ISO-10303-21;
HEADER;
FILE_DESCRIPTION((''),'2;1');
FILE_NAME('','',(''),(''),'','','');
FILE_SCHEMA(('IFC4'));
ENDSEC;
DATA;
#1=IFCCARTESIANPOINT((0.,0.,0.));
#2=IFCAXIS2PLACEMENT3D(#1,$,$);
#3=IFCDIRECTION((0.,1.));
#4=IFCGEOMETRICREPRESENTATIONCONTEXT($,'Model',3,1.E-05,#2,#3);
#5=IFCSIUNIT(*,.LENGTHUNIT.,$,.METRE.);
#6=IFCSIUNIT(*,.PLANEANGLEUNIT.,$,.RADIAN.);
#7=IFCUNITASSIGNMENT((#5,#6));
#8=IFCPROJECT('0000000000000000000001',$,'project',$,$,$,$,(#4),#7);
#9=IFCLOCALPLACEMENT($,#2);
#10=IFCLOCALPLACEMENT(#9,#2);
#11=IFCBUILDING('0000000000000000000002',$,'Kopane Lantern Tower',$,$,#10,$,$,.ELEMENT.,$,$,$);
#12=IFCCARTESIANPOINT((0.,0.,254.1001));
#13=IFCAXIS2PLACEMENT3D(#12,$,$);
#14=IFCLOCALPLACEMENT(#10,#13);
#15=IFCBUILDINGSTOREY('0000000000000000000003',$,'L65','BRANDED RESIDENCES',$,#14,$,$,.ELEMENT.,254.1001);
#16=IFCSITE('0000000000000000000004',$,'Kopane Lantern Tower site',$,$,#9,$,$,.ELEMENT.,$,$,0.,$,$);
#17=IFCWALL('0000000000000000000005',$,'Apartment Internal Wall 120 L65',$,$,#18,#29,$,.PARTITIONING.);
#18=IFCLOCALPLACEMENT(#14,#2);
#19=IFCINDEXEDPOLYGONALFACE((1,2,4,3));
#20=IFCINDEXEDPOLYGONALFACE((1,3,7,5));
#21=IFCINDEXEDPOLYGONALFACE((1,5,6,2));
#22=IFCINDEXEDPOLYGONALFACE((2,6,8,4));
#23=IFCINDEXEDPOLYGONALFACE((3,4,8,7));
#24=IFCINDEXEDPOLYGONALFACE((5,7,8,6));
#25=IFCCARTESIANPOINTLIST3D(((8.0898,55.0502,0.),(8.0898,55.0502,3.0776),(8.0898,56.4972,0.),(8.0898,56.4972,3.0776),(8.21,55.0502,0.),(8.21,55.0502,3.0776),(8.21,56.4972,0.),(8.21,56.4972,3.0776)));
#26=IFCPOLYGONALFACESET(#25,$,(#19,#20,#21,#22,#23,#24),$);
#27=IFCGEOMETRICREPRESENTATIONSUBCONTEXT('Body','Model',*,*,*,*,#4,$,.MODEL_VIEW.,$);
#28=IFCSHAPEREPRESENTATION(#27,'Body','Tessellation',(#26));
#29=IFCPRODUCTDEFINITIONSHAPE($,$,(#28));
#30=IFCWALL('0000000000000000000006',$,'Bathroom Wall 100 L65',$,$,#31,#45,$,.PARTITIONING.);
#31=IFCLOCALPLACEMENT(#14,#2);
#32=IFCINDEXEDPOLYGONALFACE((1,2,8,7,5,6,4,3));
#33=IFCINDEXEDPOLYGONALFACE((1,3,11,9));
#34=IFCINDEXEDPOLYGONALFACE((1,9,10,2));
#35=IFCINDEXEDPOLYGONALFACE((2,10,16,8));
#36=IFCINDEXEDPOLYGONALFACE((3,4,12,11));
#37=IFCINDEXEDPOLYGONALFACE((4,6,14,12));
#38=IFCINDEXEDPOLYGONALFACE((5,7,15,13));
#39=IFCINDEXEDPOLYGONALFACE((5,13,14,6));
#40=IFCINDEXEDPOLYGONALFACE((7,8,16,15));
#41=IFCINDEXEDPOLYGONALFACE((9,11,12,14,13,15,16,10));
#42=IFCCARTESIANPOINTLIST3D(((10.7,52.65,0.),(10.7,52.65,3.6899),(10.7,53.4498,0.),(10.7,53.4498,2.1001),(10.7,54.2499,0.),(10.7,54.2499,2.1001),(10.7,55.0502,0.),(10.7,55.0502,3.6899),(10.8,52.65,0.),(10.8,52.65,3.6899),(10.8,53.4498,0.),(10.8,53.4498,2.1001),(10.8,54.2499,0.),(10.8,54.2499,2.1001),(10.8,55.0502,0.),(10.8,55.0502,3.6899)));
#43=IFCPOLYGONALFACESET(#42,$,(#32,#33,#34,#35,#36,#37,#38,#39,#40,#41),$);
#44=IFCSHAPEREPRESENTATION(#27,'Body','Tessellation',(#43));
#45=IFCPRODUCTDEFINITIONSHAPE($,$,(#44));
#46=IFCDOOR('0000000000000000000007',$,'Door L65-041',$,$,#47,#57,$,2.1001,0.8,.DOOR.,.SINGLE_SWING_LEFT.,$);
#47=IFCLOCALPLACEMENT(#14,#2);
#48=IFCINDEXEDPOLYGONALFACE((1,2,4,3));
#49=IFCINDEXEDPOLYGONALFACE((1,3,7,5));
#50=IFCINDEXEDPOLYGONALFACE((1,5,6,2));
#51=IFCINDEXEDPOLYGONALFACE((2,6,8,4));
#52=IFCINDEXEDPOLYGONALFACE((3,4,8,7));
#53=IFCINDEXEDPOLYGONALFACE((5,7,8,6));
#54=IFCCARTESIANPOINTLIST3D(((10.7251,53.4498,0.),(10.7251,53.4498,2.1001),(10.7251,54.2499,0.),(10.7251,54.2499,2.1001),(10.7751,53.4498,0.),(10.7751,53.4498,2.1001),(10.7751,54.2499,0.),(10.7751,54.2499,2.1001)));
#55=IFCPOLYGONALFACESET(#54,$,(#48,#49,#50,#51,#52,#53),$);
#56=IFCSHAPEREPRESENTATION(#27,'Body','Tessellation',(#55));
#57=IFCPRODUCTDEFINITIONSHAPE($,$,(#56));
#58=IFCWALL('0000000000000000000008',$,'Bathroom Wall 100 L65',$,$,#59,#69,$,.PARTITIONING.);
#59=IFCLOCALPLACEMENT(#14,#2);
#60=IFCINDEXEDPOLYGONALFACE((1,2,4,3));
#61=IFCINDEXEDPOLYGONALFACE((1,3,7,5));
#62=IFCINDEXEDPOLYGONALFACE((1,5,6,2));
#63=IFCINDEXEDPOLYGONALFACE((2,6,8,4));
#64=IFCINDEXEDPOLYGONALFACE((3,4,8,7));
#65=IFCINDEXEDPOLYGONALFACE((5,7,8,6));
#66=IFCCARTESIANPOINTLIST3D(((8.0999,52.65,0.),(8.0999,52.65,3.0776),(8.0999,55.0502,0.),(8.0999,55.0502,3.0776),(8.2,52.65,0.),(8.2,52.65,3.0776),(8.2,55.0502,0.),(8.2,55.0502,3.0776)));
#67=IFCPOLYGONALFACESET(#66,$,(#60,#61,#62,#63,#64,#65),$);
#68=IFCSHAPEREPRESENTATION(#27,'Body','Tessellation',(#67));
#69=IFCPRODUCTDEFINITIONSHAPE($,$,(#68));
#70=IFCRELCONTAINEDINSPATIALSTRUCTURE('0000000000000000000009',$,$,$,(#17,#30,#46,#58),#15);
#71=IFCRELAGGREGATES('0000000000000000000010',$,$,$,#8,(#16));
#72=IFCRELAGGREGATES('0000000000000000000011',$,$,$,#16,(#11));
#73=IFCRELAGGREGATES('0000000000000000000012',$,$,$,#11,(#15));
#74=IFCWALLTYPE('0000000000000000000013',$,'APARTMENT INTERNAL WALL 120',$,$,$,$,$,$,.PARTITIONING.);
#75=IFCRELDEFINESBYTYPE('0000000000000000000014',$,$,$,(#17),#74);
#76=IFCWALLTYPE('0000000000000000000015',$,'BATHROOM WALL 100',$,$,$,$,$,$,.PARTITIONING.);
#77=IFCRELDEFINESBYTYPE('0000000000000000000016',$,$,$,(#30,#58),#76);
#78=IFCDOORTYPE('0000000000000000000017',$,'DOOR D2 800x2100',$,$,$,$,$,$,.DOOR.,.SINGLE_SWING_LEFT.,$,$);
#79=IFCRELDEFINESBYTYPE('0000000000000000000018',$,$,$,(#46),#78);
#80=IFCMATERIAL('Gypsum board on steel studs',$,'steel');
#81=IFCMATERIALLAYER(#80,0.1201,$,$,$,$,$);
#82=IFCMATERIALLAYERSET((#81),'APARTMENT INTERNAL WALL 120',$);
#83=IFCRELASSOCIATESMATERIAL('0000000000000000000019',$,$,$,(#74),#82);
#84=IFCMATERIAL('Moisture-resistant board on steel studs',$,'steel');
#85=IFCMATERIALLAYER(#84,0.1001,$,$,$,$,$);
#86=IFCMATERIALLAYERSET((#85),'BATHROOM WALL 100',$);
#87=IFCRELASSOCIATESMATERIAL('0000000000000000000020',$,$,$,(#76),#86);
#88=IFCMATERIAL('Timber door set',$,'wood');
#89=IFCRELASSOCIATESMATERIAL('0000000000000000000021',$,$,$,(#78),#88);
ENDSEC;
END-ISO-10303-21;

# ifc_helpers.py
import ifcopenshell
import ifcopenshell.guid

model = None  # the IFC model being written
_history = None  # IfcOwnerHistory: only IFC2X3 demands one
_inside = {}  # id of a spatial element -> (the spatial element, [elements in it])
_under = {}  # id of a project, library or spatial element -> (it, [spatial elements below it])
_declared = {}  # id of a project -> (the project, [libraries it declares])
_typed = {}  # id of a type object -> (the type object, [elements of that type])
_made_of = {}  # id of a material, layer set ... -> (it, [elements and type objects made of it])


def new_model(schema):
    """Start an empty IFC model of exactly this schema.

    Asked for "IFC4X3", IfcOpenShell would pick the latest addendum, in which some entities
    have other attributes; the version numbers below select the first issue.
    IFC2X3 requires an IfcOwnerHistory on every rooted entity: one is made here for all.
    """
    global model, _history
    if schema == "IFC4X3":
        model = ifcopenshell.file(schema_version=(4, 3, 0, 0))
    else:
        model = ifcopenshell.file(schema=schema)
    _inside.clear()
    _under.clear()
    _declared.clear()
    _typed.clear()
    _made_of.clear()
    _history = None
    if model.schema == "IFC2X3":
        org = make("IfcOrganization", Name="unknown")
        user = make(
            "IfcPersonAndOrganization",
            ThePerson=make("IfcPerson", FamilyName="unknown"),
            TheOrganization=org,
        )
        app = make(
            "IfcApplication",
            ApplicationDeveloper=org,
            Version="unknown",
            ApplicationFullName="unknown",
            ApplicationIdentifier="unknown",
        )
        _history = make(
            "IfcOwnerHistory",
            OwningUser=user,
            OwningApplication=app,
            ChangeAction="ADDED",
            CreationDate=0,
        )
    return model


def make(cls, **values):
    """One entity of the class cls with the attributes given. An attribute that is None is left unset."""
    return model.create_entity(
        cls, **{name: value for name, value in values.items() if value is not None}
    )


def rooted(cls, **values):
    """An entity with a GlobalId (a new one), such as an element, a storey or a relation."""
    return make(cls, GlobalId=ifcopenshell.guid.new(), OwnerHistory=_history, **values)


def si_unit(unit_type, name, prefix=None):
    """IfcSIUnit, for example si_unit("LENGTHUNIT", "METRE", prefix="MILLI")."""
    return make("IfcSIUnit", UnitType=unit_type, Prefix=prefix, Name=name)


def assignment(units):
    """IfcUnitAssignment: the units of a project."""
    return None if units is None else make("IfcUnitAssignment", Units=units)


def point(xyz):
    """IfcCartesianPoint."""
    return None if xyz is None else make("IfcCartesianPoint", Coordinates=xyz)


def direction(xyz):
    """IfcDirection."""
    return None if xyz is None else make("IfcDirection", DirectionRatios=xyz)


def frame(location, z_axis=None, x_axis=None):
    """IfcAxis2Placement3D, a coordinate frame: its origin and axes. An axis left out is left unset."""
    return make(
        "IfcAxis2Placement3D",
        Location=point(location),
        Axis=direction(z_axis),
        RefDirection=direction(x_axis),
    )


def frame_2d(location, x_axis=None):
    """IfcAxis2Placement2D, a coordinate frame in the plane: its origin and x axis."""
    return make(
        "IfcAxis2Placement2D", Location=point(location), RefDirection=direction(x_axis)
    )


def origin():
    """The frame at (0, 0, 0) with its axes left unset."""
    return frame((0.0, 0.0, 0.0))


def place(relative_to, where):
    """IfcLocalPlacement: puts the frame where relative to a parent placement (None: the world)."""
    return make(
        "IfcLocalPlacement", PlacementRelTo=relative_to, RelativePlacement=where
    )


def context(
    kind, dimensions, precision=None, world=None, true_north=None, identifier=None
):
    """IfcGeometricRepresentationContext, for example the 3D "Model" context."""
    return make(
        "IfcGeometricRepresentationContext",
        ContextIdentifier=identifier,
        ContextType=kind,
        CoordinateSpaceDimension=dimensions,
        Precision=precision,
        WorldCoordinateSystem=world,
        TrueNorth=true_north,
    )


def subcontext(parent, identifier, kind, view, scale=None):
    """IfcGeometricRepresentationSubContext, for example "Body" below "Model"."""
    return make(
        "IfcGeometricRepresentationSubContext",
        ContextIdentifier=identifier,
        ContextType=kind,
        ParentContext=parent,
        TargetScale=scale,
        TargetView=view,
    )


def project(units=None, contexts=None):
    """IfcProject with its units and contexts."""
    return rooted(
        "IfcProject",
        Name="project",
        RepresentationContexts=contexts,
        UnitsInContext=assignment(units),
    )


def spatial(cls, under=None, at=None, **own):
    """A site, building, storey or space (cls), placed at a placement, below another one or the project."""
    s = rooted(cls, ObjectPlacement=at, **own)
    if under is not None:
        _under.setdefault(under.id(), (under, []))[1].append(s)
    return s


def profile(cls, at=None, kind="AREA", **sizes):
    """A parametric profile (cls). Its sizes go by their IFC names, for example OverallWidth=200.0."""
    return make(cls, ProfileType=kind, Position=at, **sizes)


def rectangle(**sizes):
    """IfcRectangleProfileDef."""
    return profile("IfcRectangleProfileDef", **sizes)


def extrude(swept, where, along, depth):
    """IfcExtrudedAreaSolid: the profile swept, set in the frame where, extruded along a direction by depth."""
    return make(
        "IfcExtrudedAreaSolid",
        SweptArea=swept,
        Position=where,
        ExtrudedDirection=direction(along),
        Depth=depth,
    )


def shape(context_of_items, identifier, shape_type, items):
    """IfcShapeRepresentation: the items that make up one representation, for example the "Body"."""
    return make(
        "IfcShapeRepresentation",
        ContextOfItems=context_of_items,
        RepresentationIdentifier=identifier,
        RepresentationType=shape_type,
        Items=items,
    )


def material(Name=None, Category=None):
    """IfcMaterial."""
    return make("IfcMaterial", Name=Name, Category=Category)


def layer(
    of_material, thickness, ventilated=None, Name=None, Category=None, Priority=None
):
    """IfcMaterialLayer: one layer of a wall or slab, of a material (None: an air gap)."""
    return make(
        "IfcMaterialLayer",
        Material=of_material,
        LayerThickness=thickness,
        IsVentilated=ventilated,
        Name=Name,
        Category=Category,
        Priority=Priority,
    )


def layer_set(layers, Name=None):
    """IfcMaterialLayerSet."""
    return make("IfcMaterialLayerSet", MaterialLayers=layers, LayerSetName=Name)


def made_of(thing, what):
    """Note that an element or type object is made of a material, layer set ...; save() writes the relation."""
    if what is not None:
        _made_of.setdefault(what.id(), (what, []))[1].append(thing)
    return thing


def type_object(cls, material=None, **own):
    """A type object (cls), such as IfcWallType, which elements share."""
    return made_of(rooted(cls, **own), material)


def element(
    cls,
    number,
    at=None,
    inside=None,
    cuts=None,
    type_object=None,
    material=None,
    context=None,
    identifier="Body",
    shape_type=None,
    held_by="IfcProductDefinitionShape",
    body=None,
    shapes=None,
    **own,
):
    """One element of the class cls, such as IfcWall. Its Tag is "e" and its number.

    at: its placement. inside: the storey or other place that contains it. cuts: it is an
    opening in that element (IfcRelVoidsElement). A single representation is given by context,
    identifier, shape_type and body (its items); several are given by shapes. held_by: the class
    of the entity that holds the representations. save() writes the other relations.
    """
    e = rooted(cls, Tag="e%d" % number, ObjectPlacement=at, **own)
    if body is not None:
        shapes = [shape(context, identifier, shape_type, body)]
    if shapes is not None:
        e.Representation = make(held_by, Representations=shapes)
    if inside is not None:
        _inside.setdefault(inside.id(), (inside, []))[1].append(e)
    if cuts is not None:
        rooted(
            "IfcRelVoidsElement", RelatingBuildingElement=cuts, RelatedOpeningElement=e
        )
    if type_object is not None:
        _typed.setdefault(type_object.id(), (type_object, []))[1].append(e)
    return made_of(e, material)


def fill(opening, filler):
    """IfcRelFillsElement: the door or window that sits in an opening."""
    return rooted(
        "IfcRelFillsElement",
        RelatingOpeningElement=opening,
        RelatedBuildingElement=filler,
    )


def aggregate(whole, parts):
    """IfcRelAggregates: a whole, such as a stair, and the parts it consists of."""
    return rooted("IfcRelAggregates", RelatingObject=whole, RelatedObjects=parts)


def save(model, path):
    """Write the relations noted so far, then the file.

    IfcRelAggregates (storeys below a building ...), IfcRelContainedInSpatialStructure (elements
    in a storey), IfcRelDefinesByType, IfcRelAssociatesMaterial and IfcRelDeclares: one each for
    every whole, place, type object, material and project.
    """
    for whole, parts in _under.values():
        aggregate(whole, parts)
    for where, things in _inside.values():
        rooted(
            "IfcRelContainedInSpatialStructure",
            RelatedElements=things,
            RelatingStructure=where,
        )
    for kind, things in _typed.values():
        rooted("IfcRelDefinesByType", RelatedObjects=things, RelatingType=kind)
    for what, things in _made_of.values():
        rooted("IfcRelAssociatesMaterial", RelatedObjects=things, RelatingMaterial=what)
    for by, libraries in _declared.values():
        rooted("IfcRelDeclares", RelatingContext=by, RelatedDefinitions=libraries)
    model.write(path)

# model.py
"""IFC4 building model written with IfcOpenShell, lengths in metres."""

from ifc_helpers import new_model, si_unit, direction, frame, frame_2d, origin, place, context, subcontext, project, spatial, rectangle, extrude, material, layer, layer_set, type_object, element, fill, save


model = new_model("IFC4")

# Units and contexts
model_context = context("Model", 3, precision=1e-05, world=origin(), true_north=direction((0.0, 1.0)))
body_context = subcontext(model_context, "Body", "Model", "MODEL_VIEW")
ifc_project = project(units=[si_unit("LENGTHUNIT", "METRE"), si_unit("PLANEANGLEUNIT", "RADIAN")], contexts=[model_context])

# Site, building, storey
site_placement = place(None, origin())
site = spatial("IfcSite", under=ifc_project, at=site_placement, Name="Kopane Lantern Tower site", CompositionType="ELEMENT", RefElevation=0.0)
building_placement = place(site_placement, origin())
building = spatial("IfcBuilding", under=site, at=building_placement, Name="Kopane Lantern Tower", CompositionType="ELEMENT")
storey_placement = place(building_placement, frame((0.0, 0.0, 254.1001)))
storey = spatial("IfcBuildingStorey", under=building, at=storey_placement, Name="L65", Description="BRANDED RESIDENCES", CompositionType="ELEMENT", Elevation=254.1001)

# Shared definitions
ifc_material_1 = material(Name="Gypsum board on steel studs", Category="steel")
ifc_layer_1 = layer(ifc_material_1, 0.1201)
ifc_layer_set_1 = layer_set([ifc_layer_1], Name="APARTMENT INTERNAL WALL 120")
wall_type_1 = type_object("IfcWallType", Name="APARTMENT INTERNAL WALL 120", PredefinedType="PARTITIONING", material=ifc_layer_set_1)

# Wall
wall_1_placement = place(storey_placement, frame((8.1499, 55.05, 0.0), z_axis=(0.0, 0.0, 1.0), x_axis=(0.0, 1.0, 0.0)))
element("IfcWall", 1, at=wall_1_placement, inside=storey, type_object=wall_type_1, Name="Apartment Internal Wall 120 L65", PredefinedType="PARTITIONING", context=body_context, shape_type="SweptSolid", body=[
    extrude(rectangle(XDim=1.447, YDim=0.1201, at=frame_2d((0.7236, 0.0))), origin(), (0.0, 0.0, 1.0), 3.0776),
])

# Wall, opening, door
ifc_material_2 = material(Name="Moisture-resistant board on steel studs", Category="steel")
ifc_layer_2 = layer(ifc_material_2, 0.1001)
ifc_layer_set_2 = layer_set([ifc_layer_2], Name="BATHROOM WALL 100")
wall_type_2 = type_object("IfcWallType", Name="BATHROOM WALL 100", PredefinedType="PARTITIONING", material=ifc_layer_set_2)
wall_2_placement = place(storey_placement, frame((10.75, 52.6499, 0.0), z_axis=(0.0, 0.0, 1.0), x_axis=(0.0, 1.0, 0.0)))
wall_2 = element("IfcWall", 2, at=wall_2_placement, inside=storey, type_object=wall_type_2, Name="Bathroom Wall 100 L65", PredefinedType="PARTITIONING", context=body_context, shape_type="SweptSolid", body=[
    extrude(rectangle(XDim=2.4001, YDim=0.1001, at=frame_2d((1.2002, 0.0))), origin(), (0.0, 0.0, 1.0), 3.6899),
])
opening_1_placement = place(wall_2_placement, frame((0.8, 0.0, 0.0)))
opening_1 = element("IfcOpeningElement", 3, at=opening_1_placement, cuts=wall_2, PredefinedType="OPENING", context=body_context, shape_type="SweptSolid", body=[
    extrude(rectangle(XDim=0.8, YDim=2.1001, at=frame_2d((0.3999, 1.05))), frame((0.0, 0.0601, 0.0), z_axis=(0.0, -1.0, 0.0), x_axis=(1.0, 0.0, 0.0)), (0.0, 0.0, 1.0), 0.1201),
])
ifc_material_3 = material(Name="Timber door set", Category="wood")
door_type_1 = type_object("IfcDoorType", Name="DOOR D2 800x2100", OperationType="SINGLE_SWING_LEFT", PredefinedType="DOOR", material=ifc_material_3)
door_1_placement = place(opening_1_placement, origin())
door_1 = element("IfcDoor", 4, at=door_1_placement, inside=storey, type_object=door_type_1, Name="Door L65-041", OperationType="SINGLE_SWING_LEFT", OverallHeight=2.1001, OverallWidth=0.8, PredefinedType="DOOR", context=body_context, shape_type="SweptSolid", body=[
    extrude(rectangle(XDim=0.8, YDim=2.1001, at=frame_2d((0.3999, 1.05))), frame((0.0, 0.0249, 0.0), z_axis=(0.0, -1.0, 0.0), x_axis=(1.0, 0.0, 0.0)), (0.0, 0.0, 1.0), 0.05),
])
fill(opening_1, door_1)

# Wall
wall_3_placement = place(storey_placement, frame((8.1499, 52.6499, 0.0), z_axis=(0.0, 0.0, 1.0), x_axis=(0.0, 1.0, 0.0)))
element("IfcWall", 5, at=wall_3_placement, inside=storey, type_object=wall_type_2, Name="Bathroom Wall 100 L65", PredefinedType="PARTITIONING", context=body_context, shape_type="SweptSolid", body=[
    extrude(rectangle(XDim=2.4001, YDim=0.1001, at=frame_2d((1.2002, 0.0))), origin(), (0.0, 0.0, 1.0), 3.0776),
])

save(model, "model.ifc")
